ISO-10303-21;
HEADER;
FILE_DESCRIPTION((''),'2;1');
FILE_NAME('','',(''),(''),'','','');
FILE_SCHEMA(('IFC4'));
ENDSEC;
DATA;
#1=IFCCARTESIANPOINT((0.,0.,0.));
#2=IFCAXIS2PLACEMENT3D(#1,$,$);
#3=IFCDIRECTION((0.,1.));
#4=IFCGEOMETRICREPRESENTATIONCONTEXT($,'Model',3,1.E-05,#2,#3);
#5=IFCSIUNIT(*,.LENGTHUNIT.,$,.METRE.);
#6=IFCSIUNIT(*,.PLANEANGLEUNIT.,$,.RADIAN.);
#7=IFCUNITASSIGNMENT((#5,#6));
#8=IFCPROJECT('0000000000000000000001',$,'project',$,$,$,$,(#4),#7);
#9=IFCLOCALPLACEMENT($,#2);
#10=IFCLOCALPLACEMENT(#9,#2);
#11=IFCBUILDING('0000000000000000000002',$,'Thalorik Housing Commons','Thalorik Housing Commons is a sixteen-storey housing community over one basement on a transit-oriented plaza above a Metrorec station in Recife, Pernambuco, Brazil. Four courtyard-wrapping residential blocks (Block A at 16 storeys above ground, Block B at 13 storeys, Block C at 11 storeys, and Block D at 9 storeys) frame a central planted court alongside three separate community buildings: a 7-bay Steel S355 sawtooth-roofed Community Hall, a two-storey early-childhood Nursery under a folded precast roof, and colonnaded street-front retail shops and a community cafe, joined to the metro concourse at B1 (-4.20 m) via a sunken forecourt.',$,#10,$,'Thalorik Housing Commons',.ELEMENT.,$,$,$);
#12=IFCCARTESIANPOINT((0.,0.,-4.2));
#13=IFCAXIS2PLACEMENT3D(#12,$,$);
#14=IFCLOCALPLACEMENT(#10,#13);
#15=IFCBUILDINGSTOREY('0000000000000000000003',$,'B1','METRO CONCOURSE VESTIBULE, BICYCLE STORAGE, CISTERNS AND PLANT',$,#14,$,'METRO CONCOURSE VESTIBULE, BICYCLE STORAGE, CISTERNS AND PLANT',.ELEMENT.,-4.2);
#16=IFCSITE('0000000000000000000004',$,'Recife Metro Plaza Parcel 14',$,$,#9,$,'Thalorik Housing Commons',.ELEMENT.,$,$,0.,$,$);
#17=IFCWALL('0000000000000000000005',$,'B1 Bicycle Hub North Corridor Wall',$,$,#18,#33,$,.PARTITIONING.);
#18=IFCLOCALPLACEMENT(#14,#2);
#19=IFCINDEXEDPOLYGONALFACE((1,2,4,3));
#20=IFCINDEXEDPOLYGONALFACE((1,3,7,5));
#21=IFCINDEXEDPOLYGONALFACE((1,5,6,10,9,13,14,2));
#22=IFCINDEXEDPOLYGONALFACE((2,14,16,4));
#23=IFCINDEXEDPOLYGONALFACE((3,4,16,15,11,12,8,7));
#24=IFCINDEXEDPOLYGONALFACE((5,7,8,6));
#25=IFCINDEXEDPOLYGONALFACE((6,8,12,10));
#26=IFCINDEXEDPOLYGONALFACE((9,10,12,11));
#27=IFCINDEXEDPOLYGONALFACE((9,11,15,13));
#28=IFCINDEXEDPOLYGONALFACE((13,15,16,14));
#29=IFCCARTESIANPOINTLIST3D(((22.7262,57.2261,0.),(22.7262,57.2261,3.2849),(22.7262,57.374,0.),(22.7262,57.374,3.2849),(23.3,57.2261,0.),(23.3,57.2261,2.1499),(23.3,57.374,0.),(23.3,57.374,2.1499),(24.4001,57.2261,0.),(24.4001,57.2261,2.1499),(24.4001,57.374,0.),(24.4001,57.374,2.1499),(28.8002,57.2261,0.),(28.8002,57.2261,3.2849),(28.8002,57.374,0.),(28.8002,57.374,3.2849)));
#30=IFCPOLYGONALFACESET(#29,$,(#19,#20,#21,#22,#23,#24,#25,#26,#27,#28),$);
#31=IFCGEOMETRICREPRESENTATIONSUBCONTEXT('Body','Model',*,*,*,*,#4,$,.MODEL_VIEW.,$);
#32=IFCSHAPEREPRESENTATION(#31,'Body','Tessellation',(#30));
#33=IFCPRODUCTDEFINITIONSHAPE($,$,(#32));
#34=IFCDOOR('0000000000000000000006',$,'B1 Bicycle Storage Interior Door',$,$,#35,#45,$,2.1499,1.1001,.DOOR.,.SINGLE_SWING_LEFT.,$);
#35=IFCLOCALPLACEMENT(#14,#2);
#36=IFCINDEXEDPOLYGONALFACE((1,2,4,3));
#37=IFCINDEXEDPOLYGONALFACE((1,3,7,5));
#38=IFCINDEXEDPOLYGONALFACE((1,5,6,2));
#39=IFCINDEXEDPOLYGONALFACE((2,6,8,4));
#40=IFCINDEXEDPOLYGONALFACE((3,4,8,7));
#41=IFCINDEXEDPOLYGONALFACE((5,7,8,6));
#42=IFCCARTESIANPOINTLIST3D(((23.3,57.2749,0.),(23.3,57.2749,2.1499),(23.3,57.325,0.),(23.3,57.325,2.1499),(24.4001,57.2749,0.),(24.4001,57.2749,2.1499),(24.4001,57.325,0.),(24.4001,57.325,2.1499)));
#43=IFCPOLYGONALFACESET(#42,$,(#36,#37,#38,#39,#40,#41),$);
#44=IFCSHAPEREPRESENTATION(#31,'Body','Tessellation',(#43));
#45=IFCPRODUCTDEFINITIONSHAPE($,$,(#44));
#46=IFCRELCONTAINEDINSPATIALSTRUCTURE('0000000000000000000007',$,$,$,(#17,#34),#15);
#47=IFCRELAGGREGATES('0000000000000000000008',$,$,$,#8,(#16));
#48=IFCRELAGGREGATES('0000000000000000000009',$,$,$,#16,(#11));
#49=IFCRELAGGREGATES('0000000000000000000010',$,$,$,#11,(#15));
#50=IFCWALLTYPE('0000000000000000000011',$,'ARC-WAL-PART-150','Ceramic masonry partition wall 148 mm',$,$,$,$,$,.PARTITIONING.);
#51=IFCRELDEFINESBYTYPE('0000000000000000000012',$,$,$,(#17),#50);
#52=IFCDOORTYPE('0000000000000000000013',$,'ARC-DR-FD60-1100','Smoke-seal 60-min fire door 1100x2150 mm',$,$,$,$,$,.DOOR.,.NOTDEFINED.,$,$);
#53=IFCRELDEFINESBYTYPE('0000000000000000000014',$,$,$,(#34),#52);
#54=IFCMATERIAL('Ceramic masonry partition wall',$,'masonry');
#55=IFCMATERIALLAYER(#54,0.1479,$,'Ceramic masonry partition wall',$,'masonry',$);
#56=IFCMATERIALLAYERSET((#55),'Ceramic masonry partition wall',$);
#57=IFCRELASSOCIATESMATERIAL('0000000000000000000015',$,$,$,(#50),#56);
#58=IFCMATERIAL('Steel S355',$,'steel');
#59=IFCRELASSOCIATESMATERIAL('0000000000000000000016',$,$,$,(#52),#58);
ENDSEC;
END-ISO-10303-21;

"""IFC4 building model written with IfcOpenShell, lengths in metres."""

from ifc_helpers import new_model, si_unit, direction, frame, frame_2d, origin, place, context, subcontext, project, spatial, rectangle, extrude, material, layer, layer_set, type_object, element, fill, save


model = new_model("IFC4")

# Units and contexts
model_context = context("Model", 3, precision=1e-05, world=origin(), true_north=direction((0.0, 1.0)))
body_context = subcontext(model_context, "Body", "Model", "MODEL_VIEW")
ifc_project = project(units=[si_unit("LENGTHUNIT", "METRE"), si_unit("PLANEANGLEUNIT", "RADIAN")], contexts=[model_context])

# Site, building, storey
site_placement = place(None, origin())
site = spatial("IfcSite", under=ifc_project, at=site_placement, Name="Recife Metro Plaza Parcel 14", LongName="Thalorik Housing Commons", CompositionType="ELEMENT", RefElevation=0.0)
building_placement = place(site_placement, origin())
building = spatial("IfcBuilding", under=site, at=building_placement, Name="Thalorik Housing Commons", Description="Thalorik Housing Commons is a sixteen-storey housing community over one basement on a transit-oriented plaza above a Metrorec station in Recife, Pernambuco, Brazil. Four courtyard-wrapping residential blocks (Block A at 16 storeys above ground, Block B at 13 storeys, Block C at 11 storeys, and Block D at 9 storeys) frame a central planted court alongside three separate community buildings: a 7-bay Steel S355 sawtooth-roofed Community Hall, a two-storey early-childhood Nursery under a folded precast roof, and colonnaded street-front retail shops and a community cafe, joined to the metro concourse at B1 (-4.20 m) via a sunken forecourt.", LongName="Thalorik Housing Commons", CompositionType="ELEMENT")
storey_placement = place(building_placement, frame((0.0, 0.0, -4.2)))
storey = spatial("IfcBuildingStorey", under=building, at=storey_placement, Name="B1", Description="METRO CONCOURSE VESTIBULE, BICYCLE STORAGE, CISTERNS AND PLANT", LongName="METRO CONCOURSE VESTIBULE, BICYCLE STORAGE, CISTERNS AND PLANT", CompositionType="ELEMENT", Elevation=-4.2)

# Wall, opening, door
ifc_material_1 = material(Name="Ceramic masonry partition wall", Category="masonry")
ifc_layer = layer(ifc_material_1, 0.1479, Name="Ceramic masonry partition wall", Category="masonry")
ifc_layer_set = layer_set([ifc_layer], Name="Ceramic masonry partition wall")
wall_type = type_object("IfcWallType", Name="ARC-WAL-PART-150", Description="Ceramic masonry partition wall 148 mm", PredefinedType="PARTITIONING", material=ifc_layer_set)
wall_placement = place(storey_placement, frame((22.7261, 57.3, 0.0), z_axis=(0.0, 0.0, 1.0), x_axis=(1.0, 0.0, 0.0)))
wall = element("IfcWall", 1, at=wall_placement, inside=storey, type_object=wall_type, Name="B1 Bicycle Hub North Corridor Wall", PredefinedType="PARTITIONING", context=body_context, shape_type="SweptSolid", body=[
    extrude(rectangle(XDim=6.074, YDim=0.1479, at=frame_2d((3.0371, 0.0))), origin(), (0.0, 0.0, 1.0), 3.2849),
])
opening_placement = place(wall_placement, frame((0.574, 0.0, 0.0)))
opening = element("IfcOpeningElement", 2, at=opening_placement, cuts=wall, PredefinedType="OPENING", context=body_context, shape_type="SweptSolid", body=[
    extrude(rectangle(XDim=1.1001, YDim=2.1499, at=frame_2d((0.55, 1.075))), frame((0.0, 0.084, 0.0), z_axis=(0.0, -1.0, 0.0), x_axis=(1.0, 0.0, 0.0)), (0.0, 0.0, 1.0), 0.168),
])
ifc_material_2 = material(Name="Steel S355", Category="steel")
door_type = type_object("IfcDoorType", Name="ARC-DR-FD60-1100", Description="Smoke-seal 60-min fire door 1100x2150 mm", OperationType="NOTDEFINED", PredefinedType="DOOR", material=ifc_material_2)
door_placement = place(opening_placement, origin())
door = element("IfcDoor", 3, at=door_placement, inside=storey, type_object=door_type, Name="B1 Bicycle Storage Interior Door", OperationType="SINGLE_SWING_LEFT", OverallHeight=2.1499, OverallWidth=1.1001, PredefinedType="DOOR", context=body_context, shape_type="SweptSolid", body=[
    extrude(rectangle(XDim=1.1001, YDim=2.1499, at=frame_2d((0.55, 1.075))), frame((0.0, 0.0249, 0.0), z_axis=(0.0, -1.0, 0.0), x_axis=(1.0, 0.0, 0.0)), (0.0, 0.0, 1.0), 0.05),
])
fill(opening, door)

save(model, "model.ifc")
